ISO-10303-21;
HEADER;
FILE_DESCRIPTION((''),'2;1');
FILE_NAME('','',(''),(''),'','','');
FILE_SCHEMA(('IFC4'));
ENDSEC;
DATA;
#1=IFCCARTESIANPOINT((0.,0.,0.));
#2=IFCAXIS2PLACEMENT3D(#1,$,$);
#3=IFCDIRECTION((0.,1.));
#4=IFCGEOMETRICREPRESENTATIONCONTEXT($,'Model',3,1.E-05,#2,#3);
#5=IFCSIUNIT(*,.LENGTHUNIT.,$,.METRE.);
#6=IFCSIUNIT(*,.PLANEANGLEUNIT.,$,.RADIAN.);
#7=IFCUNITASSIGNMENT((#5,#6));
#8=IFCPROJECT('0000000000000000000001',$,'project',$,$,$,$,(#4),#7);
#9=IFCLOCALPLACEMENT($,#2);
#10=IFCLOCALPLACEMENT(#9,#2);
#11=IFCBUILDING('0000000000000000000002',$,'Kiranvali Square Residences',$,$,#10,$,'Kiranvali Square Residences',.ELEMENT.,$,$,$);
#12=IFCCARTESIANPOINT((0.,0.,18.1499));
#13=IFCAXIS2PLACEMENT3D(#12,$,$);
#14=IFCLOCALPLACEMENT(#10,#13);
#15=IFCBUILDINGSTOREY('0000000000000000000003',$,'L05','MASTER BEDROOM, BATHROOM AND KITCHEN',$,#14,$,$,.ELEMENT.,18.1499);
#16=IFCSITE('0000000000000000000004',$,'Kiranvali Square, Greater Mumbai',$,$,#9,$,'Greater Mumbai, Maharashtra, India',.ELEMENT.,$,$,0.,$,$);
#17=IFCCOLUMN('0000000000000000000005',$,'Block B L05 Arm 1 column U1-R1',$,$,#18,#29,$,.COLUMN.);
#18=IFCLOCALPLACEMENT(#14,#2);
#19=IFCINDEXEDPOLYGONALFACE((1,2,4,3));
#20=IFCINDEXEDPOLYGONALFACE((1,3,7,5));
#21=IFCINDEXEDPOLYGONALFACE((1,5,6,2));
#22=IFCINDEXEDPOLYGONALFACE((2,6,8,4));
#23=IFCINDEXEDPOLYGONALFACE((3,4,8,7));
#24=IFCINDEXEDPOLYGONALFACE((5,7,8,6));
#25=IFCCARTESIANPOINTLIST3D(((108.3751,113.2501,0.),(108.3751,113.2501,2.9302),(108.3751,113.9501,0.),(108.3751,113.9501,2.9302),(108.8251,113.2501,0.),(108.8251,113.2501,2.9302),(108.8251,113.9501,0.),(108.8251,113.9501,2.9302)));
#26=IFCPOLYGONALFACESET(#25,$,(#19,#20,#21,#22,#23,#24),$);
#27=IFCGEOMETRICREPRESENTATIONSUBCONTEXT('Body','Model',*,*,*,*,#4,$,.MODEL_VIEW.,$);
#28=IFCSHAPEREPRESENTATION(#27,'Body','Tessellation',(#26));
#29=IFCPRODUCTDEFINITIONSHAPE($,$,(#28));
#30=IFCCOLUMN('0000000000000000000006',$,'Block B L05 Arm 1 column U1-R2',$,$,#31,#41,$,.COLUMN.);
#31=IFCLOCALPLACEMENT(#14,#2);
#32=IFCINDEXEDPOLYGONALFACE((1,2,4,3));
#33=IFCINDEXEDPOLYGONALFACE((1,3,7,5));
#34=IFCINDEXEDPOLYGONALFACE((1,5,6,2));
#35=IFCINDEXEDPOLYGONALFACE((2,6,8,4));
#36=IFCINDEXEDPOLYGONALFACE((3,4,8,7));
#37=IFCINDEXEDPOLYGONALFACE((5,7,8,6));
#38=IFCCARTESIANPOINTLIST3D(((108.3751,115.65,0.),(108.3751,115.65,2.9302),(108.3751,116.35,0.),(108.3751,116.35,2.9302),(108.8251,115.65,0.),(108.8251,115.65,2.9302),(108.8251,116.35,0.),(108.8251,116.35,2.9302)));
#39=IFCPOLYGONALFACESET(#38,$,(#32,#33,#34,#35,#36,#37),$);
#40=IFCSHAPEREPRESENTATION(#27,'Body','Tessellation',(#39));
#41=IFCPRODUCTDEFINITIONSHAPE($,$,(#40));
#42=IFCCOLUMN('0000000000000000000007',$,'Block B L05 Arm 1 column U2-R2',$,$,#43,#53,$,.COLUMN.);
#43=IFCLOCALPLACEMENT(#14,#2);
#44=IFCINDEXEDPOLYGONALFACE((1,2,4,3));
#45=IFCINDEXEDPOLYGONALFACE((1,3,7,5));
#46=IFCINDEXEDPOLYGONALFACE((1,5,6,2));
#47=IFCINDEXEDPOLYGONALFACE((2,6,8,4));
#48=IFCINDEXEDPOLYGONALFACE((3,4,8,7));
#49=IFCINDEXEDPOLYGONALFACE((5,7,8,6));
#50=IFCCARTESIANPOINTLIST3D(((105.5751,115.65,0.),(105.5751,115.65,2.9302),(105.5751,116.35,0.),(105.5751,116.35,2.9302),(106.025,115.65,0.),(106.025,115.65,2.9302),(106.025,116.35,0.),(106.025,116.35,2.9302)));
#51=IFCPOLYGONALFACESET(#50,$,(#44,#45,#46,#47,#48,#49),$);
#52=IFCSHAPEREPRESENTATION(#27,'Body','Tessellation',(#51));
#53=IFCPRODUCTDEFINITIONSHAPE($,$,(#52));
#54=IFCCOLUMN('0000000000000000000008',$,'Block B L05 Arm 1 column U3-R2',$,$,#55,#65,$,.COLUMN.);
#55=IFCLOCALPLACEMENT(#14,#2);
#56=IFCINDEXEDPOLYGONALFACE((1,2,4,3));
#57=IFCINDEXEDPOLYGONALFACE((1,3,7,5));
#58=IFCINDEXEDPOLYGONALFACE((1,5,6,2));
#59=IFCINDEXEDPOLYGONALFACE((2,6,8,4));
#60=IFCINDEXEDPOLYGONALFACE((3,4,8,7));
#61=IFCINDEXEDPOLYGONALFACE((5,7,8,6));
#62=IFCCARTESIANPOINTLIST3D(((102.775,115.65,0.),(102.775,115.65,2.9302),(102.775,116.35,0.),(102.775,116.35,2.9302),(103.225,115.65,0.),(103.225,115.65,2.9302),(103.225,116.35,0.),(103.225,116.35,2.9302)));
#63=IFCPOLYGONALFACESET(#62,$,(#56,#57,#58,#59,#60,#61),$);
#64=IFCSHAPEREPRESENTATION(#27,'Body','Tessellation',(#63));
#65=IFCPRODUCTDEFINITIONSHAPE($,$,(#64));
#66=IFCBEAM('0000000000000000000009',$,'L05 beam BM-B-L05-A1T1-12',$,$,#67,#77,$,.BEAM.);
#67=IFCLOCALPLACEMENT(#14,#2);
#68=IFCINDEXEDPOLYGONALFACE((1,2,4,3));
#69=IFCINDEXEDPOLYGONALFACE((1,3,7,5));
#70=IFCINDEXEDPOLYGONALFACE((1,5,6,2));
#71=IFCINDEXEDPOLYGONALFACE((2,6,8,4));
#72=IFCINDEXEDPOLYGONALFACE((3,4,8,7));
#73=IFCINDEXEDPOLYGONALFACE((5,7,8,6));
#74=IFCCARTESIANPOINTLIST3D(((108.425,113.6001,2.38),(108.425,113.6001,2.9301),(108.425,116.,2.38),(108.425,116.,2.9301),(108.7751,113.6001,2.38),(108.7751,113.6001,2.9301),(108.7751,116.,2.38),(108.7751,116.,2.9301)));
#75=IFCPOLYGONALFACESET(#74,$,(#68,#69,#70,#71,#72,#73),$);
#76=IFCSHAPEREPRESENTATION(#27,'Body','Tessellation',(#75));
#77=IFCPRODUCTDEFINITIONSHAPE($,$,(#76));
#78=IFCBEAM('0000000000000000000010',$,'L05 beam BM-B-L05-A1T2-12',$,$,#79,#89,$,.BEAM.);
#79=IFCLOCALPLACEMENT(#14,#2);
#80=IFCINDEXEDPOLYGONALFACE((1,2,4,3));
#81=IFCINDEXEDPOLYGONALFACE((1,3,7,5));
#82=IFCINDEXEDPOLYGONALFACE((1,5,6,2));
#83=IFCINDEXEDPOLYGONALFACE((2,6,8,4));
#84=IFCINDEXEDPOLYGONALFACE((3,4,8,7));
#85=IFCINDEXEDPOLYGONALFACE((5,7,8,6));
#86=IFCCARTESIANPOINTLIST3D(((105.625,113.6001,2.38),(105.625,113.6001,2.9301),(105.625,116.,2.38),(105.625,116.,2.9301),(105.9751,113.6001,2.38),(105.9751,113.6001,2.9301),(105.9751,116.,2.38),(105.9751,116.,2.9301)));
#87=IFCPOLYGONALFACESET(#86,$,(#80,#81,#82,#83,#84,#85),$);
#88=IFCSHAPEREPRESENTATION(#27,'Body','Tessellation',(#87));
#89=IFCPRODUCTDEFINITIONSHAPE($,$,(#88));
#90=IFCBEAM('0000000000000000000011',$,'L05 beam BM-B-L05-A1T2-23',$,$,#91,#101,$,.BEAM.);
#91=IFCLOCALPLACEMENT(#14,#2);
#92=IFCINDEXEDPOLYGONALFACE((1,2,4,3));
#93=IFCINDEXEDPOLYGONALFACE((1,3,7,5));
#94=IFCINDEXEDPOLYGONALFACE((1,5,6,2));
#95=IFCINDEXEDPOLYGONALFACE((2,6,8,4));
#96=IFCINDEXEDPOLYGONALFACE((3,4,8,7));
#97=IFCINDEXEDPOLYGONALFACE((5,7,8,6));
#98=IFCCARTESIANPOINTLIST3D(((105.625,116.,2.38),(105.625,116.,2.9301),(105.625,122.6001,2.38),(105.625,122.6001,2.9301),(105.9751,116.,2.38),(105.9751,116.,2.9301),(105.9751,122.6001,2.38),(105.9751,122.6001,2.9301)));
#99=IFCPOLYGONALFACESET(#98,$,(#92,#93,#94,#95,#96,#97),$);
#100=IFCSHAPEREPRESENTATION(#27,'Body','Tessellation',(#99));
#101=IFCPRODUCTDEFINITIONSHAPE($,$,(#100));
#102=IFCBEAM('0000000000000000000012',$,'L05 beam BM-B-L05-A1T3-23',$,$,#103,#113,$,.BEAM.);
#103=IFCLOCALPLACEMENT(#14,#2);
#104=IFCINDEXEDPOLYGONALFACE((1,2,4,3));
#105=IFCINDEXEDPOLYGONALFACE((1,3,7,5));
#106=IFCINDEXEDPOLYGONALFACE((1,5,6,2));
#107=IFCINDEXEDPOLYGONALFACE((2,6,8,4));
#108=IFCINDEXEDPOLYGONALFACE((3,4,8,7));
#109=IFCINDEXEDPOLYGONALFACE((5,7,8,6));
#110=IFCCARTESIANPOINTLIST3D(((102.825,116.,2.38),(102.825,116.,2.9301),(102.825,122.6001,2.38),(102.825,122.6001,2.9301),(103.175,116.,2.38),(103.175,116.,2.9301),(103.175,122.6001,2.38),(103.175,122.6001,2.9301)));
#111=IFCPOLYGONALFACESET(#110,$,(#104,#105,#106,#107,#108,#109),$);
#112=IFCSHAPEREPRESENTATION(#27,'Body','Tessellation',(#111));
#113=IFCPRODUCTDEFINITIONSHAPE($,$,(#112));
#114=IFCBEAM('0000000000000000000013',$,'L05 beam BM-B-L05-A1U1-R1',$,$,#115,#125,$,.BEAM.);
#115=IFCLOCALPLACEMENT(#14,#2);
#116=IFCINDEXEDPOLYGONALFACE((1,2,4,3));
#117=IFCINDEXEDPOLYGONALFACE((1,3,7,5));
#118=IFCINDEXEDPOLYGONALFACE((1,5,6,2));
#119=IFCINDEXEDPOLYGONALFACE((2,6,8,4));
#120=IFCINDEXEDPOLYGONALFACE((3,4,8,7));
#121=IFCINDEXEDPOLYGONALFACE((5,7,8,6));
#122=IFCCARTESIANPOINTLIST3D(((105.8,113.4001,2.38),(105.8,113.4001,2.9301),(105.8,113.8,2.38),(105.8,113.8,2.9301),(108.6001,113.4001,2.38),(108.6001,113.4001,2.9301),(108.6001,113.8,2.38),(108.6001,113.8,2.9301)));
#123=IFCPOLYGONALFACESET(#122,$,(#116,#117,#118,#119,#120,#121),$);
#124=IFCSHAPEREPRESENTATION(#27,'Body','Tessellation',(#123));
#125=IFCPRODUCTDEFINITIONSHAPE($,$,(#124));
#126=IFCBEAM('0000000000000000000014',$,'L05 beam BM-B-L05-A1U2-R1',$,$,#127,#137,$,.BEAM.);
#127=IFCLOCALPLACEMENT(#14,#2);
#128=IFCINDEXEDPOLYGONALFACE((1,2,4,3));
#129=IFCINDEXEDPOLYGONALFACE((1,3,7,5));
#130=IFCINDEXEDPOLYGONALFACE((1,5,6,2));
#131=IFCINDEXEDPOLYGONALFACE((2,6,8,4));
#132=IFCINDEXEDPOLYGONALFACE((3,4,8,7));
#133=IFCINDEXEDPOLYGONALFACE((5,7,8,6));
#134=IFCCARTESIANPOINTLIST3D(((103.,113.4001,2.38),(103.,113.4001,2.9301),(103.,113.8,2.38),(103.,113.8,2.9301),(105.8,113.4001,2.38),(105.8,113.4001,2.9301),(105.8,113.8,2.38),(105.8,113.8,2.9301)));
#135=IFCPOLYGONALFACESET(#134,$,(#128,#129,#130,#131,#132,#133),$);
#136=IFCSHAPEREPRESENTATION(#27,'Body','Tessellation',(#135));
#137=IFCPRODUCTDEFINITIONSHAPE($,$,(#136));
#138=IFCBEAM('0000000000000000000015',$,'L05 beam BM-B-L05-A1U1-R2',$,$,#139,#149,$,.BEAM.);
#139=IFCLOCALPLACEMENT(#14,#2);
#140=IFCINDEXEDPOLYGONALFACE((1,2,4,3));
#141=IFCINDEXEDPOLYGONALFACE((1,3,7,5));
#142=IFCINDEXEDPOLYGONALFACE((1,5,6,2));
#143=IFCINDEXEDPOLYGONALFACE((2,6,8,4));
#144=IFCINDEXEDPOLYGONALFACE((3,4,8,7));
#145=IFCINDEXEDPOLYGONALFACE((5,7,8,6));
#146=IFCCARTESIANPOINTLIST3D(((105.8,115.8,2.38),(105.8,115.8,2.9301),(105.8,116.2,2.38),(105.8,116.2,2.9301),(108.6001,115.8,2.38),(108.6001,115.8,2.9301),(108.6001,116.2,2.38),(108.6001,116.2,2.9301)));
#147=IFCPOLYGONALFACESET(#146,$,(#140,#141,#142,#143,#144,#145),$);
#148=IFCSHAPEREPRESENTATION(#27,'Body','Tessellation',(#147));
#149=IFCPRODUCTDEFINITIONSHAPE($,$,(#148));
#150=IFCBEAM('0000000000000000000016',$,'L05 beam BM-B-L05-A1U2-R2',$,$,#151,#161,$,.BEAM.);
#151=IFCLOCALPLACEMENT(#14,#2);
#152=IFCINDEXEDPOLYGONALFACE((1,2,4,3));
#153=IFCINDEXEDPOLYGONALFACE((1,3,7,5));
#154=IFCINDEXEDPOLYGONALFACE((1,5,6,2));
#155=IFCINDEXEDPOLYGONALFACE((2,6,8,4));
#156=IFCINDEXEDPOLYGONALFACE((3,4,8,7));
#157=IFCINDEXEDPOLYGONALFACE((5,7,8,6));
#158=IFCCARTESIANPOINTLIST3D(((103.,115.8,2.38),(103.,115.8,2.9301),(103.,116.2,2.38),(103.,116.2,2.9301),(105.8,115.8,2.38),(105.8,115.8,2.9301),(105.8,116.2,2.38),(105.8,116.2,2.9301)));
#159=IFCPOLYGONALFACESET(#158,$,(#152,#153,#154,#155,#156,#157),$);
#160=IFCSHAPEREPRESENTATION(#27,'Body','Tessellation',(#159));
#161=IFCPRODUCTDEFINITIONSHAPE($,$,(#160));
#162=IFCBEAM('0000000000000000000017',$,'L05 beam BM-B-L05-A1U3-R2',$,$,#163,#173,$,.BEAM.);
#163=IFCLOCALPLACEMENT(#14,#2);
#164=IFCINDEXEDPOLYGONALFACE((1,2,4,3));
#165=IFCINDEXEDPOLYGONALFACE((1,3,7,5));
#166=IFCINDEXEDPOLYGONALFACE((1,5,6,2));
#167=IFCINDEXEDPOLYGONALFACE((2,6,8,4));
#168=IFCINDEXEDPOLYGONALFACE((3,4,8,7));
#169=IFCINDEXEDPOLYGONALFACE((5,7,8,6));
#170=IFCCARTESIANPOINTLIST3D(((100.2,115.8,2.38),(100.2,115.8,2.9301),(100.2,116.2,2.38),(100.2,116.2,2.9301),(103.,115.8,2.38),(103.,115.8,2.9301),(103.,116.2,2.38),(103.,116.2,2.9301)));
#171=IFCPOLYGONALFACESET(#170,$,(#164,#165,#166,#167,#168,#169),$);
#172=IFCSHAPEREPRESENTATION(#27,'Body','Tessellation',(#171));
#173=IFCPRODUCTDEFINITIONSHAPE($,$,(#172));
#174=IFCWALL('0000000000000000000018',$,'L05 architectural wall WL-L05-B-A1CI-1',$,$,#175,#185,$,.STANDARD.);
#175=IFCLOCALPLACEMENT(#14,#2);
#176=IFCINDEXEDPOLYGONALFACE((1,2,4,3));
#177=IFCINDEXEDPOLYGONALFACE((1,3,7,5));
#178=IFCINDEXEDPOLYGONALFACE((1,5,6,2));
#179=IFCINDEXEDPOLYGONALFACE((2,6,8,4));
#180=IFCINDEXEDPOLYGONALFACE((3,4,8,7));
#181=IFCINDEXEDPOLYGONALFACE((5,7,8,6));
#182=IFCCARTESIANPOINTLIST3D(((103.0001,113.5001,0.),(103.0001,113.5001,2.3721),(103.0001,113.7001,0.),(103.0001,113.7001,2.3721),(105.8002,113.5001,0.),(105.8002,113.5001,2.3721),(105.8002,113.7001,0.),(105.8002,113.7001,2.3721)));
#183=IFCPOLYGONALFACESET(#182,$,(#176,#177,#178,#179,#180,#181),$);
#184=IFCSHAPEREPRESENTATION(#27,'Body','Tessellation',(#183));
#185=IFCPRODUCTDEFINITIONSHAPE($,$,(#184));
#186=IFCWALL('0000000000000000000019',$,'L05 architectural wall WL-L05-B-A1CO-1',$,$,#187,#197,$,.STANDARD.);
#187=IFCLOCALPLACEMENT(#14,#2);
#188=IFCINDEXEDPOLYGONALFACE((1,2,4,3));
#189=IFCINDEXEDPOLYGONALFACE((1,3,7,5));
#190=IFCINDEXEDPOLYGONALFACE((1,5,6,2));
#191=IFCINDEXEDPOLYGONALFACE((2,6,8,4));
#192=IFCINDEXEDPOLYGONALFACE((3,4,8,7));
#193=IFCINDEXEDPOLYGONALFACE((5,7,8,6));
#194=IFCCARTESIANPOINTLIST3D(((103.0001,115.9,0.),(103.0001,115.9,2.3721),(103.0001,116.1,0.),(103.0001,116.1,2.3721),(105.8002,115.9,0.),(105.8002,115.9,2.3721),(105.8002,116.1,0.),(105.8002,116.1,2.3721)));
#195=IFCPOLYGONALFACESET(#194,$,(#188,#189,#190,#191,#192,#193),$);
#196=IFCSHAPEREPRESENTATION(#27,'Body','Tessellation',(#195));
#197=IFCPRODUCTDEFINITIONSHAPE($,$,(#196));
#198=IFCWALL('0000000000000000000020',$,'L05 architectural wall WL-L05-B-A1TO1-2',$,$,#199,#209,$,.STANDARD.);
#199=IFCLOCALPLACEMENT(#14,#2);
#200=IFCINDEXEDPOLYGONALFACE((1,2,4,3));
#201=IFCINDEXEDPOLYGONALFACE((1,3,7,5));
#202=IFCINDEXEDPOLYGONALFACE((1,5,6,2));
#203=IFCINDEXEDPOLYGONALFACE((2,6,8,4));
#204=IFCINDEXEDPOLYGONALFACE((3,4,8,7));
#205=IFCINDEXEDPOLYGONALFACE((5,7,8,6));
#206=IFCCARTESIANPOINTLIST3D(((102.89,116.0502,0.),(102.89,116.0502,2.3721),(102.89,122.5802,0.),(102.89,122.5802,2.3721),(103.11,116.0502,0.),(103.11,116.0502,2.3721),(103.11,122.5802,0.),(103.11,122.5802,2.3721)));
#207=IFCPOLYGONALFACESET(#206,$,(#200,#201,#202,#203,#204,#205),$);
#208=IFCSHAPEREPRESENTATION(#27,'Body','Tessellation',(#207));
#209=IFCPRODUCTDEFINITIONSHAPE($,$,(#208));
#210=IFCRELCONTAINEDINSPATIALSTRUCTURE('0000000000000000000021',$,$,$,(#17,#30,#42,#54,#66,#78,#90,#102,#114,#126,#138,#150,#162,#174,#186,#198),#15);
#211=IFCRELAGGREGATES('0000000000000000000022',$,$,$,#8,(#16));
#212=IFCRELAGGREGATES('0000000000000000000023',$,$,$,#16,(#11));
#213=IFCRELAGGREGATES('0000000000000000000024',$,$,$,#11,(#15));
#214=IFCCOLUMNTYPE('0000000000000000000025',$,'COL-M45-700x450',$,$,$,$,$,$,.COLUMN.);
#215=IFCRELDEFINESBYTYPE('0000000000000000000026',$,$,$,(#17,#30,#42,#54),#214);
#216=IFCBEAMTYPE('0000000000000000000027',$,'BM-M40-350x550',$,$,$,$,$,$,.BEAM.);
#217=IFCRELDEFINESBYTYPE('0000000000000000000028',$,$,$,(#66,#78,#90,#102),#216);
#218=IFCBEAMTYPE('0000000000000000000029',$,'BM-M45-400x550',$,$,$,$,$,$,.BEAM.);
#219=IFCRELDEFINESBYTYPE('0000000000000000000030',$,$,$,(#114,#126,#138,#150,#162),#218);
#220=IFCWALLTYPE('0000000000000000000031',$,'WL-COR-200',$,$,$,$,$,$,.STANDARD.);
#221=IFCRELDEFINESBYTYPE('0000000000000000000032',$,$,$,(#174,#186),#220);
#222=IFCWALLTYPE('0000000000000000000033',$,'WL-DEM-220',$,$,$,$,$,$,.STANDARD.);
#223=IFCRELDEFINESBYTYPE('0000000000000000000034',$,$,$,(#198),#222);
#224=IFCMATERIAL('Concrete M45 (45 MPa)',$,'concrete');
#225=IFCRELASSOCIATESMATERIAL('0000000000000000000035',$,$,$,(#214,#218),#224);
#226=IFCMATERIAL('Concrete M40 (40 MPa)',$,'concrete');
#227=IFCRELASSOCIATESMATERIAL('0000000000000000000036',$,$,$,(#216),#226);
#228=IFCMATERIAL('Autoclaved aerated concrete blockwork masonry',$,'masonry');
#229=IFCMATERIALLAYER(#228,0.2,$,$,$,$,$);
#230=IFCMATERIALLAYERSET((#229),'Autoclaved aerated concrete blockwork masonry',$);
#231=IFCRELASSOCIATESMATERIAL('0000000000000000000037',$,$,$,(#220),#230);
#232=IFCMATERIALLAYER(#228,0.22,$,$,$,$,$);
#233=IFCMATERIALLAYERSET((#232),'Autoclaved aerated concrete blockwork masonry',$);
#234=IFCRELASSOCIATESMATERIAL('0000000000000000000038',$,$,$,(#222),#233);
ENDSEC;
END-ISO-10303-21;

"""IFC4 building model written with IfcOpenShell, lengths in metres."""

from ifc_helpers import new_model, si_unit, direction, frame, frame_2d, origin, origin_2d, place, context, subcontext, project, spatial, rectangle, extrude, material, layer, layer_set, material_profile, profile_set, type_object, element, save


model = new_model("IFC4")

# Units and contexts
model_context = context("Model", 3, precision=1e-05, world=origin(), true_north=direction((0.0, 1.0)))
body_context = subcontext(model_context, "Body", "Model", "MODEL_VIEW")
ifc_project = project(units=[si_unit("LENGTHUNIT", "METRE"), si_unit("PLANEANGLEUNIT", "RADIAN")], contexts=[model_context])

# Site, building, storey
site_placement = place(None, origin())
site = spatial("IfcSite", under=ifc_project, at=site_placement, Name="Kiranvali Square, Greater Mumbai", LongName="Greater Mumbai, Maharashtra, India", CompositionType="ELEMENT", RefElevation=0.0)
building_placement = place(site_placement, origin())
building = spatial("IfcBuilding", under=site, at=building_placement, Name="Kiranvali Square Residences", LongName="Kiranvali Square Residences", CompositionType="ELEMENT")
storey_placement = place(building_placement, frame((0.0, 0.0, 18.1499)))
storey = spatial("IfcBuildingStorey", under=building, at=storey_placement, Name="L05", Description="MASTER BEDROOM, BATHROOM AND KITCHEN", CompositionType="ELEMENT", Elevation=18.1499)

# Columns
ifc_material_1 = material(Name="Concrete M45 (45 MPa)", Category="concrete")
ifc_material_profile_1 = material_profile(ifc_material_1, rectangle(XDim=0.45, YDim=0.7, at=origin_2d()), Name="RC 700x450")
ifc_profile_set_1 = profile_set([ifc_material_profile_1], Name="Concrete M45 (45 MPa)")
column_type = type_object("IfcColumnType", Name="COL-M45-700x450", PredefinedType="COLUMN", material=ifc_profile_set_1)
for number, where, z_axis, x_axis, name in (
    (1, (108.6001, 113.6001, 0.0), (0.0, 0.0, 1.0), (1.0, 0.0, 0.0), "Block B L05 Arm 1 column U1-R1"),
    (2, (108.6001, 116.0, 0.0), (0.0, 0.0, 1.0), (1.0, 0.0, 0.0), "Block B L05 Arm 1 column U1-R2"),
    (3, (105.8, 116.0, 0.0), (0.0, 0.0, 1.0), (1.0, 0.0, 0.0), "Block B L05 Arm 1 column U2-R2"),
    (4, (103.0, 116.0, 0.0), (0.0, 0.0, 1.0), (1.0, 0.0, 0.0), "Block B L05 Arm 1 column U3-R2"),
):
    element("IfcColumn", number, at=place(storey_placement, frame(where, z_axis=z_axis, x_axis=x_axis)), inside=storey, type_object=column_type, Name=name, PredefinedType="COLUMN", context=body_context, shape_type="SweptSolid", body=[
        extrude(rectangle(XDim=0.45, YDim=0.7, at=origin_2d()), origin(), (0.0, 0.0, 1.0), 2.9302),
    ])

# Beams
ifc_material_2 = material(Name="Concrete M40 (40 MPa)", Category="concrete")
ifc_material_profile_2 = material_profile(ifc_material_2, rectangle(XDim=0.3501, YDim=0.55, at=origin_2d()), Name="RC 350x550")
ifc_profile_set_2 = profile_set([ifc_material_profile_2], Name="Concrete M40 (40 MPa)")
beam_type_1 = type_object("IfcBeamType", Name="BM-M40-350x550", PredefinedType="BEAM", material=ifc_profile_set_2)
for number, where, z_axis, x_axis, name in (
    (5, (108.6001, 113.6001, 2.655), (0.0, 1.0, 0.0), (-1.0, 0.0, 0.0), "L05 beam BM-B-L05-A1T1-12"),
    (6, (105.8, 113.6001, 2.655), (0.0, 1.0, 0.0), (-1.0, 0.0, 0.0), "L05 beam BM-B-L05-A1T2-12"),
):
    element("IfcBeam", number, at=place(storey_placement, frame(where, z_axis=z_axis, x_axis=x_axis)), inside=storey, type_object=beam_type_1, Name=name, PredefinedType="BEAM", context=body_context, shape_type="SweptSolid", body=[
        extrude(rectangle(XDim=0.3501, YDim=0.55, at=origin_2d()), origin(), (0.0, 0.0, 1.0), 2.3999),
    ])
for number, where, z_axis, x_axis, name in (
    (7, (105.8, 116.0, 2.655), (0.0, 1.0, 0.0), (-1.0, 0.0, 0.0), "L05 beam BM-B-L05-A1T2-23"),
    (8, (103.0, 116.0, 2.655), (0.0, 1.0, 0.0), (-1.0, 0.0, 0.0), "L05 beam BM-B-L05-A1T3-23"),
):
    element("IfcBeam", number, at=place(storey_placement, frame(where, z_axis=z_axis, x_axis=x_axis)), inside=storey, type_object=beam_type_1, Name=name, PredefinedType="BEAM", context=body_context, shape_type="SweptSolid", body=[
        extrude(rectangle(XDim=0.3501, YDim=0.55, at=origin_2d()), origin(), (0.0, 0.0, 1.0), 6.6001),
    ])
ifc_material_profile_3 = material_profile(ifc_material_1, rectangle(XDim=0.3999, YDim=0.55, at=origin_2d()), Name="RC 400x550")
ifc_profile_set_3 = profile_set([ifc_material_profile_3], Name="Concrete M45 (45 MPa)")
beam_type_2 = type_object("IfcBeamType", Name="BM-M45-400x550", PredefinedType="BEAM", material=ifc_profile_set_3)
for number, where, z_axis, x_axis, name in (
    (9, (108.6001, 113.6001, 2.655), (-1.0, 0.0, 0.0), (0.0, -1.0, 0.0), "L05 beam BM-B-L05-A1U1-R1"),
    (10, (105.8, 113.6001, 2.655), (-1.0, 0.0, 0.0), (0.0, -1.0, 0.0), "L05 beam BM-B-L05-A1U2-R1"),
    (11, (108.6001, 116.0, 2.655), (-1.0, 0.0, 0.0), (0.0, -1.0, 0.0), "L05 beam BM-B-L05-A1U1-R2"),
    (12, (105.8, 116.0, 2.655), (-1.0, 0.0, 0.0), (0.0, -1.0, 0.0), "L05 beam BM-B-L05-A1U2-R2"),
    (13, (103.0, 116.0, 2.655), (-1.0, 0.0, 0.0), (0.0, -1.0, 0.0), "L05 beam BM-B-L05-A1U3-R2"),
):
    element("IfcBeam", number, at=place(storey_placement, frame(where, z_axis=z_axis, x_axis=x_axis)), inside=storey, type_object=beam_type_2, Name=name, PredefinedType="BEAM", context=body_context, shape_type="SweptSolid", body=[
        extrude(rectangle(XDim=0.3999, YDim=0.55, at=origin_2d()), origin(), (0.0, 0.0, 1.0), 2.8),
    ])

# Shared definitions
ifc_material_3 = material(Name="Autoclaved aerated concrete blockwork masonry", Category="masonry")
ifc_layer_1 = layer(ifc_material_3, 0.2)
ifc_layer_set_1 = layer_set([ifc_layer_1], Name="Autoclaved aerated concrete blockwork masonry")
wall_type_1 = type_object("IfcWallType", Name="WL-COR-200", PredefinedType="STANDARD", material=ifc_layer_set_1)

# Walls
for number, where, z_axis, x_axis, name in (
    (14, (105.8, 113.6001, 0.0), (0.0, 0.0, 1.0), (-1.0, 0.0, 0.0), "L05 architectural wall WL-L05-B-A1CI-1"),
    (15, (105.8, 116.0, 0.0), (0.0, 0.0, 1.0), (-1.0, 0.0, 0.0), "L05 architectural wall WL-L05-B-A1CO-1"),
):
    element("IfcWall", number, at=place(storey_placement, frame(where, z_axis=z_axis, x_axis=x_axis)), inside=storey, type_object=wall_type_1, Name=name, PredefinedType="STANDARD", context=body_context, shape_type="SweptSolid", body=[
        extrude(rectangle(XDim=2.8, YDim=0.2, at=frame_2d((1.3999, 0.0))), origin(), (0.0, 0.0, 1.0), 2.3721),
    ])

# Wall
ifc_layer_2 = layer(ifc_material_3, 0.22)
ifc_layer_set_2 = layer_set([ifc_layer_2], Name="Autoclaved aerated concrete blockwork masonry")
wall_type_2 = type_object("IfcWallType", Name="WL-DEM-220", PredefinedType="STANDARD", material=ifc_layer_set_2)
wall_1_placement = place(storey_placement, frame((103.0, 116.05, 0.0), z_axis=(0.0, 0.0, 1.0), x_axis=(0.0, 1.0, 0.0)))
element("IfcWall", 16, at=wall_1_placement, inside=storey, type_object=wall_type_2, Name="L05 architectural wall WL-L05-B-A1TO1-2", PredefinedType="STANDARD", context=body_context, shape_type="SweptSolid", body=[
    extrude(rectangle(XDim=6.53, YDim=0.22, at=frame_2d((3.2651, 0.0))), origin(), (0.0, 0.0, 1.0), 2.3721),
])

save(model, "model.ifc")
